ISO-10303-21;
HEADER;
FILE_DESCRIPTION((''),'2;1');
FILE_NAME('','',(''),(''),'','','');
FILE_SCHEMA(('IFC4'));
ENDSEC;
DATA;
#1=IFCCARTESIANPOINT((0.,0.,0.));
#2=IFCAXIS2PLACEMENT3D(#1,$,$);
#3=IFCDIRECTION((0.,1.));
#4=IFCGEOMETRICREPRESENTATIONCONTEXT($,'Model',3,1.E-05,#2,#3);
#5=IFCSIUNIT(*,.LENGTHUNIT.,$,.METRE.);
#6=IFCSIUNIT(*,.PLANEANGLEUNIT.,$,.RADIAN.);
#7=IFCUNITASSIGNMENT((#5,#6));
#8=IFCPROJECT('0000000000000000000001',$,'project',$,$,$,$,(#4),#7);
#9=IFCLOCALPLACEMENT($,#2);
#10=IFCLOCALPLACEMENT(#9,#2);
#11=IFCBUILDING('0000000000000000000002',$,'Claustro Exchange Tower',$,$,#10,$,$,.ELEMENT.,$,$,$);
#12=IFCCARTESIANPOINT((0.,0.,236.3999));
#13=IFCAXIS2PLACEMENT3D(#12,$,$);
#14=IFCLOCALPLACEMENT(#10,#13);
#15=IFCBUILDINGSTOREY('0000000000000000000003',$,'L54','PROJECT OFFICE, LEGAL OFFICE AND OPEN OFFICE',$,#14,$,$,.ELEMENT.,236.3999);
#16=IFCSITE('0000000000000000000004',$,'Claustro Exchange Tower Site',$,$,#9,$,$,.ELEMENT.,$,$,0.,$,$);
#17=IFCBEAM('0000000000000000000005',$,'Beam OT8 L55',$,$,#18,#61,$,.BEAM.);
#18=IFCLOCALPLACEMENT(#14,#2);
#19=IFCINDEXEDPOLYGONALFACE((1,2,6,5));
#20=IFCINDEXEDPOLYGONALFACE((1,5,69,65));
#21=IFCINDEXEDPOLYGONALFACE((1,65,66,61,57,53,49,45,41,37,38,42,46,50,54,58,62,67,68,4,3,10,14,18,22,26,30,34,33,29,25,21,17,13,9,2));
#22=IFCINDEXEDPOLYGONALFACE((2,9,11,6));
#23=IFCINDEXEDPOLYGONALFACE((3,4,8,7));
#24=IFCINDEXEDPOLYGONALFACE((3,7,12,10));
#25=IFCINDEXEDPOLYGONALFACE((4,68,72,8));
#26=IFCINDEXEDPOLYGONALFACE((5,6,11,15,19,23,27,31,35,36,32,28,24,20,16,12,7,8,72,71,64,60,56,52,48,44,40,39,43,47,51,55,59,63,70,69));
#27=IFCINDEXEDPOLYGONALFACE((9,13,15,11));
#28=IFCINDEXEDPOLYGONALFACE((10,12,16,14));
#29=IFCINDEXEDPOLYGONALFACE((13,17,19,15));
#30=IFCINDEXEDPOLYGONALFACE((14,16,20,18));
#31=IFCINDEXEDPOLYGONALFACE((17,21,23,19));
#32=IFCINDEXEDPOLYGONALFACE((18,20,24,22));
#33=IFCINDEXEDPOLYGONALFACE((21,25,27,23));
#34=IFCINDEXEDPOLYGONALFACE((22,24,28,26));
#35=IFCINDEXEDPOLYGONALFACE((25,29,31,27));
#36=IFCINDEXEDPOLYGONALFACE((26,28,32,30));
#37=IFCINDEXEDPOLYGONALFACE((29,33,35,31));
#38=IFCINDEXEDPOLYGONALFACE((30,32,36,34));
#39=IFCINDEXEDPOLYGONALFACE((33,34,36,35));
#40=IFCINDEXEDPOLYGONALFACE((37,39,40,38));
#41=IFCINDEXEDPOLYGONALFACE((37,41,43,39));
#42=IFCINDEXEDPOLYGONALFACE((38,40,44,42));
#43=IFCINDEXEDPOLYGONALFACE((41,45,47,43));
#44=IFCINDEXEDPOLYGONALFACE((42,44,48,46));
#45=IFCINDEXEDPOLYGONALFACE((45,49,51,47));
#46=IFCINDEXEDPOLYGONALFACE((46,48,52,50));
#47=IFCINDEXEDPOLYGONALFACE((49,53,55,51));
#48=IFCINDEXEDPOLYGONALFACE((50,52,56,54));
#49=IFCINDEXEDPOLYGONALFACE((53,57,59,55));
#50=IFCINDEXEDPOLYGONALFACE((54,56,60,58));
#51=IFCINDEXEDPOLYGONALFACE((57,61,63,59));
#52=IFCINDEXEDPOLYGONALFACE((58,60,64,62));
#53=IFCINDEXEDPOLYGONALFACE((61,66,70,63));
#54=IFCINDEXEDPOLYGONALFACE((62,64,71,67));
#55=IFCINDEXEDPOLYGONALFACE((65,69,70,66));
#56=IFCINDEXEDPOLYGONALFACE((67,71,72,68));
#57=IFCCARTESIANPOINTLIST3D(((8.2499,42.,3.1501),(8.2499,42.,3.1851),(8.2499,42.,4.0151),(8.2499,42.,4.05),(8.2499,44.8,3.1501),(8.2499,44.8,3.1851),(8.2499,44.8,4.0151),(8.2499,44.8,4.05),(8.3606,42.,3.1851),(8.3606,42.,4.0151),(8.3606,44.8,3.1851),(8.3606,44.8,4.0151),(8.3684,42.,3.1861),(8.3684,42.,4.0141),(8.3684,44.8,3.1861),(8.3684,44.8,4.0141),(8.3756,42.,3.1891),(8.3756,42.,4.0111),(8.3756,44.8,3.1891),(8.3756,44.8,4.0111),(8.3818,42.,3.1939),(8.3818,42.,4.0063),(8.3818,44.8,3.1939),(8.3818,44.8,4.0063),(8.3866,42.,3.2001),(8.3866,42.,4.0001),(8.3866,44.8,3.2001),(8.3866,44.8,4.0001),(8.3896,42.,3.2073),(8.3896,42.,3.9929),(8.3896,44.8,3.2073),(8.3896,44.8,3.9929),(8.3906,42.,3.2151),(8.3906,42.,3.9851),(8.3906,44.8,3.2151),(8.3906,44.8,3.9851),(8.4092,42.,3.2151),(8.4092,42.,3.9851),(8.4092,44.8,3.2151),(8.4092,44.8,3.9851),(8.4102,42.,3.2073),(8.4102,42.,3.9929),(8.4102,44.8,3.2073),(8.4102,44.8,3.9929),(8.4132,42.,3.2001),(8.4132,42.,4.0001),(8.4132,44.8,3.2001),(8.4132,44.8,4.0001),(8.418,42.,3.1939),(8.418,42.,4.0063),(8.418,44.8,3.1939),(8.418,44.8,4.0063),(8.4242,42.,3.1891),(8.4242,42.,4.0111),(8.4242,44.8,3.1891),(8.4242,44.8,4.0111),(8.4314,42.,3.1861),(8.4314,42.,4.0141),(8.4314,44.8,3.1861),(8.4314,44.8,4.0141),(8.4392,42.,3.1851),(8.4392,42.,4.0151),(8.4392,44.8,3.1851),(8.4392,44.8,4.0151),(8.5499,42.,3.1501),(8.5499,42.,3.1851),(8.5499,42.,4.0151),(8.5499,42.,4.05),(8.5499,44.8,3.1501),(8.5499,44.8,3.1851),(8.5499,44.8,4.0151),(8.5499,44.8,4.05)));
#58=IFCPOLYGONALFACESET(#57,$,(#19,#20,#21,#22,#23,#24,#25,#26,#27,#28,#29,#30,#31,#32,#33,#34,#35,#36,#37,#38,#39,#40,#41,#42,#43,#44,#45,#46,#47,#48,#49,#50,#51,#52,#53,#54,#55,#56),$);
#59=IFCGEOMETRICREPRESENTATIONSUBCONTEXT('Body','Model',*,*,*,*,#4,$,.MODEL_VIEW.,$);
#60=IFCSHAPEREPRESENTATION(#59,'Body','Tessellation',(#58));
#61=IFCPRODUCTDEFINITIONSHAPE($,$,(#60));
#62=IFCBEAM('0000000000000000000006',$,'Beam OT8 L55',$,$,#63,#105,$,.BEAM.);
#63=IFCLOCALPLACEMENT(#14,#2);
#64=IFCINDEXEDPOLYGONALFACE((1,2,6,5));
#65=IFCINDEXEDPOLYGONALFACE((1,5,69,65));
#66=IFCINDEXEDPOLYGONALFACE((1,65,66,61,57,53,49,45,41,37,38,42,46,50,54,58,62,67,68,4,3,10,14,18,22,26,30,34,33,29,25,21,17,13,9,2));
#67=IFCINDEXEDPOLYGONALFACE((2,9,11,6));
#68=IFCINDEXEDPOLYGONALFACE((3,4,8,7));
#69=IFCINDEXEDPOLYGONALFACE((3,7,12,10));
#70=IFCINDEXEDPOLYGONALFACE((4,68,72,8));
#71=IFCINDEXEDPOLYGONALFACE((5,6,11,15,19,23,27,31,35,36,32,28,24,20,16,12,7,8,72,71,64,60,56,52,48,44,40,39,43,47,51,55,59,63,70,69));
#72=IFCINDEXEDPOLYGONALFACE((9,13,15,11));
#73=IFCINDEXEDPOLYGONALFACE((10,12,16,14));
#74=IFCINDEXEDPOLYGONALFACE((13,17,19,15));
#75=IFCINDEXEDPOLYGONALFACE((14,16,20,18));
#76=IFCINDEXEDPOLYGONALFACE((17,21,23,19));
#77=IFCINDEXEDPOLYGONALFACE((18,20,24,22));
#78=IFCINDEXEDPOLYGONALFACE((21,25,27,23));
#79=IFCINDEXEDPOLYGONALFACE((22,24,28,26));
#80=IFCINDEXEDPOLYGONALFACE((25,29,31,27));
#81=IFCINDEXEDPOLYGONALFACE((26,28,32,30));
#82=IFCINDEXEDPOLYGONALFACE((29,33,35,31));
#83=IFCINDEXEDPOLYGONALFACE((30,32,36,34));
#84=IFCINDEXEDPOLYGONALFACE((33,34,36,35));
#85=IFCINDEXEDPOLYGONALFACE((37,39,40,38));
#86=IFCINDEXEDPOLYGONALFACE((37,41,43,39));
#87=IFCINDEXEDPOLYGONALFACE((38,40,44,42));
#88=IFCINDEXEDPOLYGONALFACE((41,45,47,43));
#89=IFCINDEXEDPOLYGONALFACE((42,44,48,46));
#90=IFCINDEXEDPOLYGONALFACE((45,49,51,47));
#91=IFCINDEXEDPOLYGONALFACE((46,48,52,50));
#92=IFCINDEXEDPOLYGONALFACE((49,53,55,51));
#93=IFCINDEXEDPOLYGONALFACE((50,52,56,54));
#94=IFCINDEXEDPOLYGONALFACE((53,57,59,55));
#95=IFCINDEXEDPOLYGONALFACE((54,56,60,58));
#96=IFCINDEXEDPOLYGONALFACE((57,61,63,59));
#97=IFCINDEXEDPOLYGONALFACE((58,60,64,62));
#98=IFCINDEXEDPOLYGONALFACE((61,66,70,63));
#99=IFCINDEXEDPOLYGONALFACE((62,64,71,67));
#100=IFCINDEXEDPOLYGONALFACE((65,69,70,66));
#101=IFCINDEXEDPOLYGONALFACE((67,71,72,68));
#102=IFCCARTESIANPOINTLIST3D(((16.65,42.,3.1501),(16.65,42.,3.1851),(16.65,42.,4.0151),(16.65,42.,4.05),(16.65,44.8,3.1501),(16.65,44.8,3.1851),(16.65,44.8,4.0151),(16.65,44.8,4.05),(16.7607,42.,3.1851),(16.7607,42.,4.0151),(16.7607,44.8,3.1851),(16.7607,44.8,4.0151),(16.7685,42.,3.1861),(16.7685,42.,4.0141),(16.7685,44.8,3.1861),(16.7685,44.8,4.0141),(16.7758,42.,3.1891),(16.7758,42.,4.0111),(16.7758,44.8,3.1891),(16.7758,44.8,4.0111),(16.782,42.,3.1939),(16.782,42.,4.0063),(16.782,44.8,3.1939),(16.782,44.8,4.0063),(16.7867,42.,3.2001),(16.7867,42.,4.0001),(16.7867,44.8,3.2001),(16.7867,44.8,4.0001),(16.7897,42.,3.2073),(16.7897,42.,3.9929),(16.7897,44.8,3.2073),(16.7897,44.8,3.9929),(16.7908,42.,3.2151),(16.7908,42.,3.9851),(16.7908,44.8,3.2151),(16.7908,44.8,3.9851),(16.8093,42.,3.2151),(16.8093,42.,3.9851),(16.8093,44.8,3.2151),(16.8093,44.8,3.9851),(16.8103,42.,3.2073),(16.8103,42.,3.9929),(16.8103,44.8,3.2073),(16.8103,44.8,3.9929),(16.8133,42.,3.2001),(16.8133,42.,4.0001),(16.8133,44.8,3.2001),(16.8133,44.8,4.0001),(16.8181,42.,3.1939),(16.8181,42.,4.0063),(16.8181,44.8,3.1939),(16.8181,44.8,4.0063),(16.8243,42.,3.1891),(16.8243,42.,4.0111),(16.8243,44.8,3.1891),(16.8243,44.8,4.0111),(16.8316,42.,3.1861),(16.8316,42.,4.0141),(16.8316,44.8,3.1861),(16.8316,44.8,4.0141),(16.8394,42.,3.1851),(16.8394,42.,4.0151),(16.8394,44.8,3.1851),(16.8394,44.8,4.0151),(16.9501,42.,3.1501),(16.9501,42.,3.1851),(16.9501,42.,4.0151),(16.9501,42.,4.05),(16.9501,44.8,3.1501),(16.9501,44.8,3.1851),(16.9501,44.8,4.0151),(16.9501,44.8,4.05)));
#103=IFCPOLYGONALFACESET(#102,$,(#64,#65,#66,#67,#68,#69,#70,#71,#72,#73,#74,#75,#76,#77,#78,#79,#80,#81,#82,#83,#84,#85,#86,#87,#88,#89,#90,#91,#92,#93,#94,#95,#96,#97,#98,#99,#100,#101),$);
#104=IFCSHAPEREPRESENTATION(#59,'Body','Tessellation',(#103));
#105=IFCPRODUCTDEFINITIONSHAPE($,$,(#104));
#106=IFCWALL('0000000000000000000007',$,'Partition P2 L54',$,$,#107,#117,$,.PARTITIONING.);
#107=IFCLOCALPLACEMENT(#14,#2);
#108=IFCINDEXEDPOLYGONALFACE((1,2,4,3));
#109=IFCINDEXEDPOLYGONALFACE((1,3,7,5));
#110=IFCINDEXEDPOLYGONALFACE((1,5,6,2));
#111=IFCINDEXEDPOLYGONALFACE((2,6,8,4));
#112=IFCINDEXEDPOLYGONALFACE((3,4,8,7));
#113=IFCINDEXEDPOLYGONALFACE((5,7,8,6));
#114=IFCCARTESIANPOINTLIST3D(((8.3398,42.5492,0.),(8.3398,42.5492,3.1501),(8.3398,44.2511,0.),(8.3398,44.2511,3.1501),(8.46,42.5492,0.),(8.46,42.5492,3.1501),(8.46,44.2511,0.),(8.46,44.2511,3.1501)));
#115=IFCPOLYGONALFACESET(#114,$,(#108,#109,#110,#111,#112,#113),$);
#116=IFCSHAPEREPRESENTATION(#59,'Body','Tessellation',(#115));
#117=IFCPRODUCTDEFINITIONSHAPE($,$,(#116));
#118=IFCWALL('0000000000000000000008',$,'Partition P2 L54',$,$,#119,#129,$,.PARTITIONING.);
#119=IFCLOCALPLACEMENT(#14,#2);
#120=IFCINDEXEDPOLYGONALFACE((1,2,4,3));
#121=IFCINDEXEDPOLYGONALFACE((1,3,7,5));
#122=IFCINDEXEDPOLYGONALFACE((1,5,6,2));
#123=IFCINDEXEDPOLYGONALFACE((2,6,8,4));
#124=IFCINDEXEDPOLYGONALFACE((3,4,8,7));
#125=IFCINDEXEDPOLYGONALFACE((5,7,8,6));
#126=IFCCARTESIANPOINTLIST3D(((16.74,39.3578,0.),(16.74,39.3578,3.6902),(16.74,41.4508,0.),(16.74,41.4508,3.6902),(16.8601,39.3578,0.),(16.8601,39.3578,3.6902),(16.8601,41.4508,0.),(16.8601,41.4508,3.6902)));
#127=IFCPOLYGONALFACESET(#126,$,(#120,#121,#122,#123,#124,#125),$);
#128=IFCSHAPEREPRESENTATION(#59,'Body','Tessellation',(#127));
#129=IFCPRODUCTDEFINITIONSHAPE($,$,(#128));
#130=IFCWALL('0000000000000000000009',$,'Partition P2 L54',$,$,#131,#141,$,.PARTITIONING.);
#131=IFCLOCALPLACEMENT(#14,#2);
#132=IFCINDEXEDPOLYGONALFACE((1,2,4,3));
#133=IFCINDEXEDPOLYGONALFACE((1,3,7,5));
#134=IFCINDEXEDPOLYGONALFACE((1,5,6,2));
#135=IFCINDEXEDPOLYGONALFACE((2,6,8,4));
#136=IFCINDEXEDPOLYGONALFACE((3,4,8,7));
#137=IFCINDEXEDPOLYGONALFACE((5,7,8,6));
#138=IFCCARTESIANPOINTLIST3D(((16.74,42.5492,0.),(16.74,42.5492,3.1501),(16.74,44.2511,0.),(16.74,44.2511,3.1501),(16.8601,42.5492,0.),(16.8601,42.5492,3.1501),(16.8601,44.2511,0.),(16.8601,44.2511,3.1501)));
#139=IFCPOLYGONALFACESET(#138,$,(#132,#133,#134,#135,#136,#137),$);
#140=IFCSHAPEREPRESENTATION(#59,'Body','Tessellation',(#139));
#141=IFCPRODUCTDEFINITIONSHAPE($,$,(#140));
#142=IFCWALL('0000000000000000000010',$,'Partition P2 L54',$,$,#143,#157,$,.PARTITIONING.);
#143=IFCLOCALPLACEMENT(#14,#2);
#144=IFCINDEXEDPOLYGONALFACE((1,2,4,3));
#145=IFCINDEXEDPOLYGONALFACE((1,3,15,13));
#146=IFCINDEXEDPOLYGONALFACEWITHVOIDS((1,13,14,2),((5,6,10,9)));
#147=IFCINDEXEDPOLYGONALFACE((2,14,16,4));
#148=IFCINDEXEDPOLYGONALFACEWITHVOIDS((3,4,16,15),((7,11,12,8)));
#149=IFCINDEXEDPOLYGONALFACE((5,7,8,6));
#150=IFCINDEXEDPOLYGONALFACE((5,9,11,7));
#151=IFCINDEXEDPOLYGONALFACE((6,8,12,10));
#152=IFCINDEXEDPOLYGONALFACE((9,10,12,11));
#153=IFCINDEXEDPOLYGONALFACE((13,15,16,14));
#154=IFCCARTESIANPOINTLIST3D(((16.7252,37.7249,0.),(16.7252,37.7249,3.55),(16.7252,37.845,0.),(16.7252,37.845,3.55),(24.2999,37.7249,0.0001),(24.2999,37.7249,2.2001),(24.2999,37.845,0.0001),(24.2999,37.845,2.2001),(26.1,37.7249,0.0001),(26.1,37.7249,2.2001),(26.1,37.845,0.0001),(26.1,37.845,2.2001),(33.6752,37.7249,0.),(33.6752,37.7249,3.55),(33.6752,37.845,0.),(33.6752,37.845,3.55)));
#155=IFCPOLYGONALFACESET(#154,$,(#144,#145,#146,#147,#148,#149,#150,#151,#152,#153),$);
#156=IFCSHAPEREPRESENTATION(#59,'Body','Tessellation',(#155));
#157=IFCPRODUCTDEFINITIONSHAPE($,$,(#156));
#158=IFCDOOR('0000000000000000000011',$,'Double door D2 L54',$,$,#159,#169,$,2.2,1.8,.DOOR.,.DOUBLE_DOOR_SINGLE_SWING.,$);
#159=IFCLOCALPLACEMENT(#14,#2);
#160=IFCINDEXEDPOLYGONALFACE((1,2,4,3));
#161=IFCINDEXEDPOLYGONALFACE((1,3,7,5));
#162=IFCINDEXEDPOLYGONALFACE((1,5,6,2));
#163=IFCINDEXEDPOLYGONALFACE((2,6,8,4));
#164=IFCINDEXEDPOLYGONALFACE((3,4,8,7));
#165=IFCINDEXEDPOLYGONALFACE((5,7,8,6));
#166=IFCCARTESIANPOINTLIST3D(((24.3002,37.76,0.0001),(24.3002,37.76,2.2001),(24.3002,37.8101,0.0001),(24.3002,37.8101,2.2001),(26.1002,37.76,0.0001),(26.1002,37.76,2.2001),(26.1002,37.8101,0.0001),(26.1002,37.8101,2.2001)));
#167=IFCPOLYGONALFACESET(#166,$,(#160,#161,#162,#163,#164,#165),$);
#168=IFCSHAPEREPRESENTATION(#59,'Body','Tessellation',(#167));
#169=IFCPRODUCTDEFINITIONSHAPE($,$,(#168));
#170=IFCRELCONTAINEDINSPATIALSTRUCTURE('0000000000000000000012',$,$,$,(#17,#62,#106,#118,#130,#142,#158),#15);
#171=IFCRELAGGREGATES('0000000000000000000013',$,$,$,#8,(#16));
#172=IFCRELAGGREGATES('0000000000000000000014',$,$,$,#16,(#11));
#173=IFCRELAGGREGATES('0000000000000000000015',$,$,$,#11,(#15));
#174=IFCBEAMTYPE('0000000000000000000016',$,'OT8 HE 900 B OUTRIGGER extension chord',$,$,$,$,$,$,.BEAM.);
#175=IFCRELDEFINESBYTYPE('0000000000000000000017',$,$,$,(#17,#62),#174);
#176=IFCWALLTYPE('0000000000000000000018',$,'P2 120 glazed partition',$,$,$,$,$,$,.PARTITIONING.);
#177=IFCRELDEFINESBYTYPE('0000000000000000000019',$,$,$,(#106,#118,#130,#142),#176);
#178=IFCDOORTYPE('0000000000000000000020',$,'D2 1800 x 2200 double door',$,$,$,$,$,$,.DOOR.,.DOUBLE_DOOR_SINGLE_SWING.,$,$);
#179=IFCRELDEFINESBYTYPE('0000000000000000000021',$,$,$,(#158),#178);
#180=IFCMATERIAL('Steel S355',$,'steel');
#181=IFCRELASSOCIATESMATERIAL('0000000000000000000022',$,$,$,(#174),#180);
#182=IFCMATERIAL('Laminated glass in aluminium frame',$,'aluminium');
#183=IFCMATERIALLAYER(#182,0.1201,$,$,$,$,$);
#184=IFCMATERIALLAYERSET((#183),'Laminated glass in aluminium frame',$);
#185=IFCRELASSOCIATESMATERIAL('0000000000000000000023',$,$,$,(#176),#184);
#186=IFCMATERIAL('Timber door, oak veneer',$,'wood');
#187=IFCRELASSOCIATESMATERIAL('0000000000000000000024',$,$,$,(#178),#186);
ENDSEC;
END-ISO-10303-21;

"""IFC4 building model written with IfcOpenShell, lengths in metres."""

from ifc_helpers import new_model, si_unit, direction, frame, frame_2d, origin, origin_2d, place, context, subcontext, project, spatial, rectangle, i_section, extrude, material, layer, layer_set, material_profile, profile_set, type_object, element, fill, save


model = new_model("IFC4")

# Units and contexts
model_context = context("Model", 3, precision=1e-05, world=origin(), true_north=direction((0.0, 1.0)))
body_context = subcontext(model_context, "Body", "Model", "MODEL_VIEW")
ifc_project = project(units=[si_unit("LENGTHUNIT", "METRE"), si_unit("PLANEANGLEUNIT", "RADIAN")], contexts=[model_context])

# Site, building, storey
site_placement = place(None, origin())
site = spatial("IfcSite", under=ifc_project, at=site_placement, Name="Claustro Exchange Tower Site", CompositionType="ELEMENT", RefElevation=0.0)
building_placement = place(site_placement, origin())
building = spatial("IfcBuilding", under=site, at=building_placement, Name="Claustro Exchange Tower", CompositionType="ELEMENT")
storey_placement = place(building_placement, frame((0.0, 0.0, 236.3999)))
storey = spatial("IfcBuildingStorey", under=building, at=storey_placement, Name="L54", Description="PROJECT OFFICE, LEGAL OFFICE AND OPEN OFFICE", CompositionType="ELEMENT", Elevation=236.3999)

# Beams
ifc_material_1 = material(Name="Steel S355", Category="steel")
ifc_material_profile_1 = material_profile(ifc_material_1, i_section(OverallWidth=0.3, OverallDepth=0.8999, WebThickness=0.0186, FlangeThickness=0.0349, FilletRadius=0.03, at=origin_2d()), Name="HE 900 B")
ifc_profile_set_1 = profile_set([ifc_material_profile_1], Name="Steel S355")
beam_type_1 = type_object("IfcBeamType", Name="OT8 HE 900 B OUTRIGGER extension chord", PredefinedType="BEAM", material=ifc_profile_set_1)
for number, where, z_axis, x_axis, name in (
    (1, (8.3999, 42.0, 3.6001), (0.0, 1.0, 0.0), (-1.0, 0.0, 0.0), "Beam OT8 L55"),
    (2, (16.8, 42.0, 3.6001), (0.0, 1.0, 0.0), (-1.0, 0.0, 0.0), "Beam OT8 L55"),
):
    element("IfcBeam", number, at=place(storey_placement, frame(where, z_axis=z_axis, x_axis=x_axis)), inside=storey, type_object=beam_type_1, Name=name, PredefinedType="BEAM", context=body_context, shape_type="SweptSolid", body=[
        extrude(i_section(OverallWidth=0.3, OverallDepth=0.8999, WebThickness=0.0186, FlangeThickness=0.0349, FilletRadius=0.03, at=origin_2d()), origin(), (0.0, 0.0, 1.0), 2.8),
    ])

# Walls
ifc_material_2 = material(Name="Laminated glass in aluminium frame", Category="aluminium")
ifc_layer_1 = layer(ifc_material_2, 0.1201)
ifc_layer_set_1 = layer_set([ifc_layer_1], Name="Laminated glass in aluminium frame")
wall_type_1 = type_object("IfcWallType", Name="P2 120 glazed partition", PredefinedType="PARTITIONING", material=ifc_layer_set_1)
wall_1_placement = place(storey_placement, frame((8.3999, 42.5491, 0.0), z_axis=(0.0, 0.0, 1.0), x_axis=(0.0, 1.0, 0.0)))
element("IfcWall", 3, at=wall_1_placement, inside=storey, type_object=wall_type_1, Name="Partition P2 L54", PredefinedType="PARTITIONING", context=body_context, shape_type="SweptSolid", body=[
    extrude(rectangle(XDim=1.7019, YDim=0.1201, at=frame_2d((0.8511, 0.0))), origin(), (0.0, 0.0, 1.0), 3.1501),
])
wall_2_placement = place(storey_placement, frame((16.8, 39.3579, 0.0), z_axis=(0.0, 0.0, 1.0), x_axis=(0.0, 1.0, 0.0)))
element("IfcWall", 4, at=wall_2_placement, inside=storey, type_object=wall_type_1, Name="Partition P2 L54", PredefinedType="PARTITIONING", context=body_context, shape_type="SweptSolid", body=[
    extrude(rectangle(XDim=2.093, YDim=0.1201, at=frame_2d((1.0464, 0.0))), origin(), (0.0, 0.0, 1.0), 3.6902),
])
wall_3_placement = place(storey_placement, frame((16.8, 42.5491, 0.0), z_axis=(0.0, 0.0, 1.0), x_axis=(0.0, 1.0, 0.0)))
element("IfcWall", 5, at=wall_3_placement, inside=storey, type_object=wall_type_1, Name="Partition P2 L54", PredefinedType="PARTITIONING", context=body_context, shape_type="SweptSolid", body=[
    extrude(rectangle(XDim=1.7019, YDim=0.1201, at=frame_2d((0.8511, 0.0))), origin(), (0.0, 0.0, 1.0), 3.1501),
])

# Wall, opening, door
wall_4_placement = place(storey_placement, frame((16.7251, 37.7849, 0.0), z_axis=(0.0, 0.0, 1.0), x_axis=(1.0, 0.0, 0.0)))
wall_4 = element("IfcWall", 6, at=wall_4_placement, inside=storey, type_object=wall_type_1, Name="Partition P2 L54", PredefinedType="PARTITIONING", context=body_context, shape_type="SweptSolid", body=[
    extrude(rectangle(XDim=16.95, YDim=0.1201, at=frame_2d((8.4751, 0.0))), origin(), (0.0, 0.0, 1.0), 3.55),
])
opening_1_placement = place(wall_4_placement, frame((7.575, 0.0, 0.0)))
opening_1 = element("IfcOpeningElement", 7, at=opening_1_placement, cuts=wall_4, PredefinedType="OPENING", context=body_context, shape_type="SweptSolid", body=[
    extrude(rectangle(XDim=1.8, YDim=2.2, at=frame_2d((0.8999, 1.1001))), frame((0.0, 0.0701, 0.0), z_axis=(0.0, -1.0, 0.0), x_axis=(1.0, 0.0, 0.0)), (0.0, 0.0, 1.0), 0.1401),
])
ifc_material_3 = material(Name="Timber door, oak veneer", Category="wood")
door_type = type_object("IfcDoorType", Name="D2 1800 x 2200 double door", OperationType="DOUBLE_DOOR_SINGLE_SWING", PredefinedType="DOOR", material=ifc_material_3)
door_placement = place(opening_1_placement, frame((1.8, 0.0, 0.0), z_axis=(0.0, 0.0, 1.0), x_axis=(-1.0, 0.0, 0.0)))
door = element("IfcDoor", 8, at=door_placement, inside=storey, type_object=door_type, Name="Double door D2 L54", OperationType="DOUBLE_DOOR_SINGLE_SWING", OverallHeight=2.2, OverallWidth=1.8, PredefinedType="DOOR", context=body_context, shape_type="SweptSolid", body=[
    extrude(rectangle(XDim=1.8, YDim=2.2, at=frame_2d((0.8999, 1.1001))), frame((0.0, 0.0249, 0.0), z_axis=(0.0, -1.0, 0.0), x_axis=(1.0, 0.0, 0.0)), (0.0, 0.0, 1.0), 0.05),
])
fill(opening_1, door)

save(model, "model.ifc")
